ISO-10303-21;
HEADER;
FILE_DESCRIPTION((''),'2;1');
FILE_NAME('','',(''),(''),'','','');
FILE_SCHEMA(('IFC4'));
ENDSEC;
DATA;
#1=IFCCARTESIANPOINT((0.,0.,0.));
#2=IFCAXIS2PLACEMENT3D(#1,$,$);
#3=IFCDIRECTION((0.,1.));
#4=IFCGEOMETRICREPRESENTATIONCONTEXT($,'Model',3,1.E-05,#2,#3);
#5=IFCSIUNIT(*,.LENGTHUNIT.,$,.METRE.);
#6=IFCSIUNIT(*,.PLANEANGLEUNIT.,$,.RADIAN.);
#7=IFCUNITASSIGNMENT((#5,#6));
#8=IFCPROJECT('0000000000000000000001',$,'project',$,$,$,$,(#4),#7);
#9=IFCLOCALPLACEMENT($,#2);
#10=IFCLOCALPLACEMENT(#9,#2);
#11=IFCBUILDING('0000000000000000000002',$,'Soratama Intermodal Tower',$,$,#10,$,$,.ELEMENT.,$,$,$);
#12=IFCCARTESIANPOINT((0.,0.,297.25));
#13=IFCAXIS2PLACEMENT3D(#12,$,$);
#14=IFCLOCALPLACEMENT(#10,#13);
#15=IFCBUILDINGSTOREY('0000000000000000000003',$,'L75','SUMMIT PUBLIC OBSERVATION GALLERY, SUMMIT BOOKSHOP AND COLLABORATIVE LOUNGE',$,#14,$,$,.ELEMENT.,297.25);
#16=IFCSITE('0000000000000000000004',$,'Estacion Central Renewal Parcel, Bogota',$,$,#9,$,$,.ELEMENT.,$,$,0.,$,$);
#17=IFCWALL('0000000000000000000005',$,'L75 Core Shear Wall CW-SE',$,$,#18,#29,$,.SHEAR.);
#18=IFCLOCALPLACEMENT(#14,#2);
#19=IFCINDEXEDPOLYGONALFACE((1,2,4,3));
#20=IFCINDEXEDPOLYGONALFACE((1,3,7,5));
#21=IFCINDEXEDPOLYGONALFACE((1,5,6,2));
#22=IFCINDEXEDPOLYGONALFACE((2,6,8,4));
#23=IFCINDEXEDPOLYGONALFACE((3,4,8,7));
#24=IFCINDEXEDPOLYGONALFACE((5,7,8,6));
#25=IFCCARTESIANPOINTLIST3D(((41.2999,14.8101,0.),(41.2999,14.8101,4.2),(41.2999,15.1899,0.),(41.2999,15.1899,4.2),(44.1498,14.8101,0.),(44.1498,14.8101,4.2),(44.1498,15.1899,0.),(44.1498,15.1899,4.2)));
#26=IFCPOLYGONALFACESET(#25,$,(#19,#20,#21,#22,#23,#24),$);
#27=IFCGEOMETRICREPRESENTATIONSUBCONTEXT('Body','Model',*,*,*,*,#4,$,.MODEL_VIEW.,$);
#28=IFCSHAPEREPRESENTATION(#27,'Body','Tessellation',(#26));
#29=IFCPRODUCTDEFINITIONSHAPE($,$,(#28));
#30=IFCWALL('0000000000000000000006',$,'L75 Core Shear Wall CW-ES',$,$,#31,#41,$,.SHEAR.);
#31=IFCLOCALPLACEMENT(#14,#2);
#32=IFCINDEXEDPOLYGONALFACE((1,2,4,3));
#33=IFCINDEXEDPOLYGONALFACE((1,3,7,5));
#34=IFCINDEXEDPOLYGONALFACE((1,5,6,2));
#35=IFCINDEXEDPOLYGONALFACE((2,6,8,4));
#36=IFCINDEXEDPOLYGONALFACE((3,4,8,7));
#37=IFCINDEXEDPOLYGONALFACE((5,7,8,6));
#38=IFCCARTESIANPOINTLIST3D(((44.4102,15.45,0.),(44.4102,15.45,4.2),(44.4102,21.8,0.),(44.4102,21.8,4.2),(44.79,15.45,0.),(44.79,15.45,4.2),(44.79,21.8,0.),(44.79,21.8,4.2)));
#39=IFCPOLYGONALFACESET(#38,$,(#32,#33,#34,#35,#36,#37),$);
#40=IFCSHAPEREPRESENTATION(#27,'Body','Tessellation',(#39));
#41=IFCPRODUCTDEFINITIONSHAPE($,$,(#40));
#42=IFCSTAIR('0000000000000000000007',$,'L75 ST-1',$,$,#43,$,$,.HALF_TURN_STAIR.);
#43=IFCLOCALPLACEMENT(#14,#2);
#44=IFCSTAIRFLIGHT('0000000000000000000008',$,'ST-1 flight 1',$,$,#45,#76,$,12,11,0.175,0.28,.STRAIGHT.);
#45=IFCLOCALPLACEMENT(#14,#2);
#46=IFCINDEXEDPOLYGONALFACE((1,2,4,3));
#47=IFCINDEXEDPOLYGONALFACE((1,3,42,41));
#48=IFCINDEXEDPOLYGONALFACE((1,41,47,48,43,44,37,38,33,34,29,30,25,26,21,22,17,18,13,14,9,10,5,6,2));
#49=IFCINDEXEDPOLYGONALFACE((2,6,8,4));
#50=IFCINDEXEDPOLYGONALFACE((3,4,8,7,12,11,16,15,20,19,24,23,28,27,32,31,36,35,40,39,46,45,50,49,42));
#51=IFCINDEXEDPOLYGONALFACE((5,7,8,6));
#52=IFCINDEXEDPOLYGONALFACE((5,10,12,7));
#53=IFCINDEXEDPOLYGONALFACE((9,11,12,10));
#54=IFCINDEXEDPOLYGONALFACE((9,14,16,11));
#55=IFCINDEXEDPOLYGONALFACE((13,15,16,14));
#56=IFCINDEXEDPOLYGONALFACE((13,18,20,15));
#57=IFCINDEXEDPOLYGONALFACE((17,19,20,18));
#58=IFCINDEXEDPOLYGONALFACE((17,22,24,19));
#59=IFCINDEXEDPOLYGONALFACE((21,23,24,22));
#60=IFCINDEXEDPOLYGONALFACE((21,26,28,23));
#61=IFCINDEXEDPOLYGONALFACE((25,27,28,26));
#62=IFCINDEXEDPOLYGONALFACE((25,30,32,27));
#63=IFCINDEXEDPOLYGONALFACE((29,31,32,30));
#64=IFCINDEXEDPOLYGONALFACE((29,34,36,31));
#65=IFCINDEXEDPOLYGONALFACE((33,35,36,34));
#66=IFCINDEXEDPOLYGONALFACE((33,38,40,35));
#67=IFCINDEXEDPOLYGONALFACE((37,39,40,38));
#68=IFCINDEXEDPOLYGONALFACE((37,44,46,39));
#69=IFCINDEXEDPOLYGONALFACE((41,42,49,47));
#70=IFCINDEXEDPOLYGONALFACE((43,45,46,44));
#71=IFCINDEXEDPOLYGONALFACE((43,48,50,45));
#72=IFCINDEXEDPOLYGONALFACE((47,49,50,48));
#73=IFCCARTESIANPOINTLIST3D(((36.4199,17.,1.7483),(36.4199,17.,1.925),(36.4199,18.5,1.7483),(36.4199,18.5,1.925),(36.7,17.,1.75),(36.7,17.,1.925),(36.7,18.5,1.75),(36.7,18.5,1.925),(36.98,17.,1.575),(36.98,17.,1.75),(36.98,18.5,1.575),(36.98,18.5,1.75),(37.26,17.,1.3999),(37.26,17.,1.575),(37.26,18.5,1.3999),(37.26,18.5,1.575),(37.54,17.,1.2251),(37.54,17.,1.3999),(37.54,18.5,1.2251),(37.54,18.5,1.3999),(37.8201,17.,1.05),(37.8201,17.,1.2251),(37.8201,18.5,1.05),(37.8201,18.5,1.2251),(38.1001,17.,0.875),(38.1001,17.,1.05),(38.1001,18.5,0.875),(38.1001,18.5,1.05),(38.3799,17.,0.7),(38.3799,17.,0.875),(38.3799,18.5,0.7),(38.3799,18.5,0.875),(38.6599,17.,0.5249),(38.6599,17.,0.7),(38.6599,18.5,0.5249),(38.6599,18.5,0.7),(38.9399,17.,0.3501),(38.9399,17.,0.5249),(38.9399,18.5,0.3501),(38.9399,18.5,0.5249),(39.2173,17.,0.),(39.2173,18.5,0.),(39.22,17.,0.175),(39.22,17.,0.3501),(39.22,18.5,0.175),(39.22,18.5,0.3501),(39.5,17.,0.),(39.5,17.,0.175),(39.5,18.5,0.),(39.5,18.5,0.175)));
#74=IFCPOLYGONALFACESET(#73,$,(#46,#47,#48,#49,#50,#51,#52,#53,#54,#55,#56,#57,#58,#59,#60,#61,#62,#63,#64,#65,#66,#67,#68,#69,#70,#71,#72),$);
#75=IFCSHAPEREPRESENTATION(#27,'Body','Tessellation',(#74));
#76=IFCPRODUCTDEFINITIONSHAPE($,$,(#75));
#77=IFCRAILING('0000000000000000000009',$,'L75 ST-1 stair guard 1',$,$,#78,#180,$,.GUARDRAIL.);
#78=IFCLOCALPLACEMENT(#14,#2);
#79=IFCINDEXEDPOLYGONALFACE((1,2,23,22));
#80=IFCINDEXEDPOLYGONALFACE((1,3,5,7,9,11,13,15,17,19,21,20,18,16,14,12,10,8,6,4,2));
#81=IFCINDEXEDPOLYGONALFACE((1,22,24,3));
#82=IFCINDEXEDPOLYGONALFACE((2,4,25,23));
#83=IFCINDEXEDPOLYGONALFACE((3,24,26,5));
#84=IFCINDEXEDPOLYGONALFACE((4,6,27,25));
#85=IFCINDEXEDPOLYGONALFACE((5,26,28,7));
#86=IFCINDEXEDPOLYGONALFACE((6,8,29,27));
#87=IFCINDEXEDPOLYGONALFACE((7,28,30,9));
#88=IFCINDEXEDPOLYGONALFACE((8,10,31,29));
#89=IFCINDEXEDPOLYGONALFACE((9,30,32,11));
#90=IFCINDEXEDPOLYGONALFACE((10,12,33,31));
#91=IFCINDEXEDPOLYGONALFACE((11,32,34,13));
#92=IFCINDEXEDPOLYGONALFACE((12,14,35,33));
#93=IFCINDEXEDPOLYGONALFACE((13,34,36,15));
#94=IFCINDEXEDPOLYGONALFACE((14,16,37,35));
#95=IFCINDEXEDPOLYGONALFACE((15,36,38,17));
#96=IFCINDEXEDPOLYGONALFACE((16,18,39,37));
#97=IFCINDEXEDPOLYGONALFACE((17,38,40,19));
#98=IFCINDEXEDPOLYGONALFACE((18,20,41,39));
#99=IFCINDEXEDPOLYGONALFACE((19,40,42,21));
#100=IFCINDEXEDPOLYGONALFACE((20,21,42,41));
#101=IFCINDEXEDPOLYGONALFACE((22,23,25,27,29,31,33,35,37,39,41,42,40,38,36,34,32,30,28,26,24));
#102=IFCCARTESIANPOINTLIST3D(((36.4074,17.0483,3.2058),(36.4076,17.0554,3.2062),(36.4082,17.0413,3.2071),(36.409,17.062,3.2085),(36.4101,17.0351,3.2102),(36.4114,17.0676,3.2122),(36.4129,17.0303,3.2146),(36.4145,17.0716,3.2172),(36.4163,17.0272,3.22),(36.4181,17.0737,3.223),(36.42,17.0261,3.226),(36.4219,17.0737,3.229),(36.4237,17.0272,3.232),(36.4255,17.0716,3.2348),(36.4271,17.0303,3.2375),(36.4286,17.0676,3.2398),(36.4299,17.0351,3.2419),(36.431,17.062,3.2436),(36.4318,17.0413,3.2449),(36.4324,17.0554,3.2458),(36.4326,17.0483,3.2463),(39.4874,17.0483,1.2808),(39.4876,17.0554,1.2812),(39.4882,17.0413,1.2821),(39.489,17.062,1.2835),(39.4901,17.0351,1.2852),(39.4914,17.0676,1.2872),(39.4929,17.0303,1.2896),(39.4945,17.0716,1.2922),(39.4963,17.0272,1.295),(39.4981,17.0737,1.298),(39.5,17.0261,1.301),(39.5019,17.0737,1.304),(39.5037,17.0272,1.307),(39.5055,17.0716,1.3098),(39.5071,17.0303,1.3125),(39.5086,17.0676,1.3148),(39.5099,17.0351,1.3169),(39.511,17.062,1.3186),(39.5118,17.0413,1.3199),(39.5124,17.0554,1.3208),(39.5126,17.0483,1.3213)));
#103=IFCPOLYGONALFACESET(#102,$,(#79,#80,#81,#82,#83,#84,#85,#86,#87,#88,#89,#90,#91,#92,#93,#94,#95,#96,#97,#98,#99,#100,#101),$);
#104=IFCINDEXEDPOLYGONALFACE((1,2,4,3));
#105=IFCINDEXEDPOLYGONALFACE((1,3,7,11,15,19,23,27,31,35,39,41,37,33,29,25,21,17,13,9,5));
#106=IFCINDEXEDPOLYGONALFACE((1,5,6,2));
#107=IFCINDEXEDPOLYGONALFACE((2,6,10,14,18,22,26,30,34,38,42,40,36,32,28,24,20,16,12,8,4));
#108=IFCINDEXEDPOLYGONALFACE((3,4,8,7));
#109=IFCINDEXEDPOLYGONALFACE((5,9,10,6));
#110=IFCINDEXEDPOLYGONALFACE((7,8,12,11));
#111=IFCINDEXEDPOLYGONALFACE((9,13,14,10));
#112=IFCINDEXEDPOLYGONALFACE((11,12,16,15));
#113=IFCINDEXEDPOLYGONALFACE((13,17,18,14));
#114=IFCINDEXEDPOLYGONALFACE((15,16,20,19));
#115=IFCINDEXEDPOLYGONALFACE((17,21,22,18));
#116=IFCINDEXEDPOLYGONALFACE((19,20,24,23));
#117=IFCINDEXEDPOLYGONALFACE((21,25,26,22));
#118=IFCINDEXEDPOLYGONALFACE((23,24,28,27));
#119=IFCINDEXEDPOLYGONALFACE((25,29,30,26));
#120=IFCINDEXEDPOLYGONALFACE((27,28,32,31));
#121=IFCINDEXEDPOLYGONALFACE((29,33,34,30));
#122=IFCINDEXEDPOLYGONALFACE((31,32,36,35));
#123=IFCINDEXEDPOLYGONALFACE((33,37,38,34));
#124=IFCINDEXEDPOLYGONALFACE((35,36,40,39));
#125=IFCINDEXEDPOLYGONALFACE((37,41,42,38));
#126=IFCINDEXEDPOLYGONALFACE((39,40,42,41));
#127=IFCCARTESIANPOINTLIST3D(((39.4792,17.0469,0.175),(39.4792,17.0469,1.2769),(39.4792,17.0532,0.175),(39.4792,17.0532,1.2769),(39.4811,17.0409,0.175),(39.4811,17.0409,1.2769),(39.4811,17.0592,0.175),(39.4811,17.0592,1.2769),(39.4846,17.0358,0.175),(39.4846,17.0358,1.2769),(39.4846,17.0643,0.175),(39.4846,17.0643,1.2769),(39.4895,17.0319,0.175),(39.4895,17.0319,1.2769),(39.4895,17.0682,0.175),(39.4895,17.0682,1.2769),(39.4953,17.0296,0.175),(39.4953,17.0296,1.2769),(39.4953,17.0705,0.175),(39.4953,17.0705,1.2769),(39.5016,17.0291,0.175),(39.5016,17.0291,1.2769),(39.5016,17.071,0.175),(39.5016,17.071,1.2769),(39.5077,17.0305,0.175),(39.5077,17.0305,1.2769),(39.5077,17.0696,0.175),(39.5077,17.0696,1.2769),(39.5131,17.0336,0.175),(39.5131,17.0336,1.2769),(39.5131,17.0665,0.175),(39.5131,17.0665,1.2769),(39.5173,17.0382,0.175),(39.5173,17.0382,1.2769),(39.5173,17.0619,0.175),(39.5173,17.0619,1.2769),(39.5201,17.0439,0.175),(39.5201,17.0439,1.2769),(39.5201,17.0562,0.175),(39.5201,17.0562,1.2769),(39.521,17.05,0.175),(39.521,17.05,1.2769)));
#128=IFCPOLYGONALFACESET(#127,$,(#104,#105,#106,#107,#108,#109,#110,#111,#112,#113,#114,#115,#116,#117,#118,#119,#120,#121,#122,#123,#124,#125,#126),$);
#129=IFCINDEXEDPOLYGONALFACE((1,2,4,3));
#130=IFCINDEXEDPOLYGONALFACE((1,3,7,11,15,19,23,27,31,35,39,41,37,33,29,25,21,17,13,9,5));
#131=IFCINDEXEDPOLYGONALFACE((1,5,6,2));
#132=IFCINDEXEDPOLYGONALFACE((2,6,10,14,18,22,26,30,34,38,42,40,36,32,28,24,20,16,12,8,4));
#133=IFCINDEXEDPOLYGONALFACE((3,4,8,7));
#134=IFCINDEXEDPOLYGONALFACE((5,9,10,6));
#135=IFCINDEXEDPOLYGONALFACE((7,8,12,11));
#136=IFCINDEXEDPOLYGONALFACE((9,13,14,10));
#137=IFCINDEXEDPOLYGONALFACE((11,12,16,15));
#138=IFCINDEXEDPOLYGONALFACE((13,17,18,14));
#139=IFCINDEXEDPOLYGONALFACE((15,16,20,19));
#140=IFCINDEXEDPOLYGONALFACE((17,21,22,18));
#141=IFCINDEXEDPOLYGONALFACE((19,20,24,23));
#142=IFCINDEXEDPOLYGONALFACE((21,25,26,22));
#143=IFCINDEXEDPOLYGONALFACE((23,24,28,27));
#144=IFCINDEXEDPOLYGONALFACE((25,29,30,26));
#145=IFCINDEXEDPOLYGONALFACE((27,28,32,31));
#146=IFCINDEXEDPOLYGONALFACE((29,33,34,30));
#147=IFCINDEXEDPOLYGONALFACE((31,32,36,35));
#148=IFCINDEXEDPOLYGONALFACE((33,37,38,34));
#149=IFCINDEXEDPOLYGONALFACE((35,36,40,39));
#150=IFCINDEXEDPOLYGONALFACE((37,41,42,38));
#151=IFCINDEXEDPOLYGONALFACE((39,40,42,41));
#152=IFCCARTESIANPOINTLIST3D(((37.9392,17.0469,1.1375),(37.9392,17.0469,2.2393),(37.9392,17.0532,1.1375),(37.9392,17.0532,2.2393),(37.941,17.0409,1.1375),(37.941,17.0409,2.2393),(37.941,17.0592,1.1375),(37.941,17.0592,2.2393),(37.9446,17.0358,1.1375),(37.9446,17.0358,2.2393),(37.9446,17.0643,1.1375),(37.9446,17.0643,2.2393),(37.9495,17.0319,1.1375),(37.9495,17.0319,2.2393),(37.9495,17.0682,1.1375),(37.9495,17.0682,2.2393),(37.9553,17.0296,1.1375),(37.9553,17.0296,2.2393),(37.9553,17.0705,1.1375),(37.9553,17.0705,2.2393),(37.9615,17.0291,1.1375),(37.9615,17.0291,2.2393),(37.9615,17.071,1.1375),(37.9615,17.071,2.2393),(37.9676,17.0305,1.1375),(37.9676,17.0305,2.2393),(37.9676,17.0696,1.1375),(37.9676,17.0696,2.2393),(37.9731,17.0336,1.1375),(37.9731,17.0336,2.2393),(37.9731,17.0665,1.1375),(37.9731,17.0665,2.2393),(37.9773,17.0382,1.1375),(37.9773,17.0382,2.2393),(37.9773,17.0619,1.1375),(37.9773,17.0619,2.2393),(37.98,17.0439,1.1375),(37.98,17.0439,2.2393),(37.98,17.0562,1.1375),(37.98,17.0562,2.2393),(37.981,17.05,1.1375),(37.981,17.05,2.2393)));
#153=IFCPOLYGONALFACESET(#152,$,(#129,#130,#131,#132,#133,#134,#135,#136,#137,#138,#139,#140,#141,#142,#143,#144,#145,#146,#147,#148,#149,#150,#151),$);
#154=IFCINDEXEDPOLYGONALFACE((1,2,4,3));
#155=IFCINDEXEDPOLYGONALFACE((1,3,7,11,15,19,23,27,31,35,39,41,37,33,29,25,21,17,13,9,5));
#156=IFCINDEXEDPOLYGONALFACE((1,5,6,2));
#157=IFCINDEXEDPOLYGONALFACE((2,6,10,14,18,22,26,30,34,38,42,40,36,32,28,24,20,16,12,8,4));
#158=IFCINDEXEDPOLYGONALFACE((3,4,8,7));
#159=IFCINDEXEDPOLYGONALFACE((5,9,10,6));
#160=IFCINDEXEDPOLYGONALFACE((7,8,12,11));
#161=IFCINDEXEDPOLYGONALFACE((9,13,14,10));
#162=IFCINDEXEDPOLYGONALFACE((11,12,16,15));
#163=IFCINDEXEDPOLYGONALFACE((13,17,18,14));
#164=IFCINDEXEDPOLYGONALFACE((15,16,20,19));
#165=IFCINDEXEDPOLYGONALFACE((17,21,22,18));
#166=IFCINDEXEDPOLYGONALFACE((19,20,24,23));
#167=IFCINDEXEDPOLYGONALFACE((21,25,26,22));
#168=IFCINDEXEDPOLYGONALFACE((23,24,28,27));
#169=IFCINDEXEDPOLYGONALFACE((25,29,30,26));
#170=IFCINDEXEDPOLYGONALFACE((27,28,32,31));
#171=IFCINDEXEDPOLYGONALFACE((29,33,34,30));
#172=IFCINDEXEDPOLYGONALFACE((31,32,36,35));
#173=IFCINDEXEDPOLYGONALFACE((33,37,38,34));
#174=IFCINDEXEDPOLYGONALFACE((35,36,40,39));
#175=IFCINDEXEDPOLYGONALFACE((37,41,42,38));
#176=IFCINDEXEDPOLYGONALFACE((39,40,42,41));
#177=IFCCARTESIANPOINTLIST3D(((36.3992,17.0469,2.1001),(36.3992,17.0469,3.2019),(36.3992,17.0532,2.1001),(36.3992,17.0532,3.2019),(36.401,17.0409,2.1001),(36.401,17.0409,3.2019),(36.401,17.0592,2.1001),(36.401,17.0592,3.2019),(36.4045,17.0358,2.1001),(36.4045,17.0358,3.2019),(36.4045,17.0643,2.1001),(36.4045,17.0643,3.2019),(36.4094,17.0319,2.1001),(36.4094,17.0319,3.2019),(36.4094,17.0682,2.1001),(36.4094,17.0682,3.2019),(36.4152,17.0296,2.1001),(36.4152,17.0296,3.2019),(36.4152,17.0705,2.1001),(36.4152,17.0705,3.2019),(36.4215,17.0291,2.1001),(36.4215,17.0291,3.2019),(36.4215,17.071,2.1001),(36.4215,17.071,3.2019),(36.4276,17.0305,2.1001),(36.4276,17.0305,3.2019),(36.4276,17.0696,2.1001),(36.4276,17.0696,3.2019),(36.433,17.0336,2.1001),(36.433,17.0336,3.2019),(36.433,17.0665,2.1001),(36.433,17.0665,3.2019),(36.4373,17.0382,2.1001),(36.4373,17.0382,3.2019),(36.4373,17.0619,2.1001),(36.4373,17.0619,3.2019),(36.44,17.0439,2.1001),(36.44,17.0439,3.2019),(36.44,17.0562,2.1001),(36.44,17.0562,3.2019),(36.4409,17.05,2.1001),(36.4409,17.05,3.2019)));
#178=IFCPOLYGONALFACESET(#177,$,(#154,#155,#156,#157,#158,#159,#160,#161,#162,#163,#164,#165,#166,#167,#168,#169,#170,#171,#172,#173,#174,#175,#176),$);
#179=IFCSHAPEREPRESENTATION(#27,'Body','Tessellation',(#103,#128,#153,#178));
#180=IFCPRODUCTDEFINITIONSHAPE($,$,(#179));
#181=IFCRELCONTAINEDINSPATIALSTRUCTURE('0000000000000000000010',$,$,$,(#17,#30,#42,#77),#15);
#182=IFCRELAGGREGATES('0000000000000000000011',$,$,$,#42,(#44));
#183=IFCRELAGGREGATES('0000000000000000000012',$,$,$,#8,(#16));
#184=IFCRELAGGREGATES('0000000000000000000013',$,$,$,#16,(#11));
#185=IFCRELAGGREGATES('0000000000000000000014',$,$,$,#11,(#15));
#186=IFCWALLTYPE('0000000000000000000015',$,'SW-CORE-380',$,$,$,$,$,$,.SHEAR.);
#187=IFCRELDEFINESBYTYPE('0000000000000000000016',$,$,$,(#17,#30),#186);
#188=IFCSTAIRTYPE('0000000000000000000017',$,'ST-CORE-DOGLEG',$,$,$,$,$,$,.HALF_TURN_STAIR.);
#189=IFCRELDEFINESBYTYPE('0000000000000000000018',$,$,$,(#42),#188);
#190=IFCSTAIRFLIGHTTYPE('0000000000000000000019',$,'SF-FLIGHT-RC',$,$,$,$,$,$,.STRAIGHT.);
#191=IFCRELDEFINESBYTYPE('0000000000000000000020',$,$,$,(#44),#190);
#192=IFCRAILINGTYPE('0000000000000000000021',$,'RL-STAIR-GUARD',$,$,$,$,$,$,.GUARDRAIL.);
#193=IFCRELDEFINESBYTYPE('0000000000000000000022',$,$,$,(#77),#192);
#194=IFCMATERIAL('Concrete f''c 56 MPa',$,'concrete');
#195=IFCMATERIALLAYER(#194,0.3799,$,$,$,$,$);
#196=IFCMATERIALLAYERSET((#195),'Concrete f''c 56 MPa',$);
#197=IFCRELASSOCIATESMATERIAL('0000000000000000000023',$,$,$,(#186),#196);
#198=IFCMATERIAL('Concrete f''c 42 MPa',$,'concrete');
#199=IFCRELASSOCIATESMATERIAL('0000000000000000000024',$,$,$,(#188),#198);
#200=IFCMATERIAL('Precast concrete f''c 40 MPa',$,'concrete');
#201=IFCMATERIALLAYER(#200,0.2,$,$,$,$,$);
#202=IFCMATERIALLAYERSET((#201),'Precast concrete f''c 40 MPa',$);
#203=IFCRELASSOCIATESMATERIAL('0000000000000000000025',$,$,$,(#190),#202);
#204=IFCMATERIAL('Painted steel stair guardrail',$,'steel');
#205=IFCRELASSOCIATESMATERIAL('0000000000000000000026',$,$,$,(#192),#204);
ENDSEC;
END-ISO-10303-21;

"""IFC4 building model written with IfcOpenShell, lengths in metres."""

from ifc_helpers import new_model, si_unit, direction, frame, frame_2d, origin, origin_2d, place, context, subcontext, project, spatial, polyline, rectangle, circle, outline, extrude, material, layer, layer_set, type_object, element, aggregate, save


model = new_model("IFC4")

# Units and contexts
model_context = context("Model", 3, precision=1e-05, world=origin(), true_north=direction((0.0, 1.0)))
body_context = subcontext(model_context, "Body", "Model", "MODEL_VIEW")
ifc_project = project(units=[si_unit("LENGTHUNIT", "METRE"), si_unit("PLANEANGLEUNIT", "RADIAN")], contexts=[model_context])

# Site, building, storey
site_placement = place(None, origin())
site = spatial("IfcSite", under=ifc_project, at=site_placement, Name="Estacion Central Renewal Parcel, Bogota", CompositionType="ELEMENT", RefElevation=0.0)
building_placement = place(site_placement, origin())
building = spatial("IfcBuilding", under=site, at=building_placement, Name="Soratama Intermodal Tower", CompositionType="ELEMENT")
storey_placement = place(building_placement, frame((0.0, 0.0, 297.25)))
storey = spatial("IfcBuildingStorey", under=building, at=storey_placement, Name="L75", Description="SUMMIT PUBLIC OBSERVATION GALLERY, SUMMIT BOOKSHOP AND COLLABORATIVE LOUNGE", CompositionType="ELEMENT", Elevation=297.25)

# Walls
ifc_material_1 = material(Name="Concrete f'c 56 MPa", Category="concrete")
ifc_layer_1 = layer(ifc_material_1, 0.3799)
ifc_layer_set_1 = layer_set([ifc_layer_1], Name="Concrete f'c 56 MPa")
wall_type_1 = type_object("IfcWallType", Name="SW-CORE-380", PredefinedType="SHEAR", material=ifc_layer_set_1)
wall_1_placement = place(storey_placement, frame((41.3, 15.0, 0.0), z_axis=(0.0, 0.0, 1.0), x_axis=(1.0, 0.0, 0.0)))
element("IfcWall", 1, at=wall_1_placement, inside=storey, type_object=wall_type_1, Name="L75 Core Shear Wall CW-SE", PredefinedType="SHEAR", context=body_context, shape_type="SweptSolid", body=[
    extrude(rectangle(XDim=2.8499, YDim=0.3799, at=frame_2d((1.4248, 0.0))), origin(), (0.0, 0.0, 1.0), 4.2),
])
wall_2_placement = place(storey_placement, frame((44.6001, 15.45, 0.0), z_axis=(0.0, 0.0, 1.0), x_axis=(0.0, 1.0, 0.0)))
element("IfcWall", 2, at=wall_2_placement, inside=storey, type_object=wall_type_1, Name="L75 Core Shear Wall CW-ES", PredefinedType="SHEAR", context=body_context, shape_type="SweptSolid", body=[
    extrude(rectangle(XDim=6.3501, YDim=0.3799, at=frame_2d((3.175, 0.0))), origin(), (0.0, 0.0, 1.0), 4.2),
])

# Stair, stair flight
ifc_material_2 = material(Name="Concrete f'c 42 MPa", Category="concrete")
stair_type = type_object("IfcStairType", Name="ST-CORE-DOGLEG", PredefinedType="HALF_TURN_STAIR", material=ifc_material_2)
stair_placement = place(storey_placement, origin())
stair = element("IfcStair", 3, at=stair_placement, inside=storey, type_object=stair_type, Name="L75 ST-1", PredefinedType="HALF_TURN_STAIR")
ifc_material_3 = material(Name="Precast concrete f'c 40 MPa", Category="concrete")
ifc_layer_2 = layer(ifc_material_3, 0.2)
ifc_layer_set_2 = layer_set([ifc_layer_2], Name="Precast concrete f'c 40 MPa")
stair_flight_type = type_object("IfcStairFlightType", Name="SF-FLIGHT-RC", PredefinedType="STRAIGHT", material=ifc_layer_set_2)
stair_flight_placement = place(storey_placement, frame((39.5, 17.75, 0.0), z_axis=(0.0, 0.0, 1.0), x_axis=(-1.0, 0.0, 0.0)))
stair_flight = element("IfcStairFlight", 4, at=stair_flight_placement, type_object=stair_flight_type, Name="ST-1 flight 1", NumberOfRisers=12, NumberOfTreads=11, PredefinedType="STRAIGHT", RiserHeight=0.175, TreadLength=0.28, context=body_context, shape_type="SweptSolid", body=[
    extrude(outline(polyline([(0.0, 0.0), (0.0, 0.175), (0.28, 0.175), (0.28, 0.3501), (0.5601, 0.3501), (0.5601, 0.5249), (0.8401, 0.5249), (0.8401, 0.7), (1.1201, 0.7), (1.1201, 0.875), (1.3999, 0.875), (1.3999, 1.05), (1.6799, 1.05), (1.6799, 1.2251), (1.96, 1.2251), (1.96, 1.3999), (2.24, 1.3999), (2.24, 1.575), (2.52, 1.575), (2.52, 1.75), (2.8, 1.75), (2.8, 1.925), (3.0801, 1.925), (3.0801, 2.1001), (3.0801, 1.7483), (0.2827, 0.0), (0.0, 0.0)])), frame((0.0, 0.75, 0.0), z_axis=(0.0, -1.0, 0.0), x_axis=(1.0, 0.0, 0.0)), (0.0, 0.0, 1.0), 1.5),
])
aggregate(stair, [stair_flight])

# Railing
ifc_material_4 = material(Name="Painted steel stair guardrail", Category="steel")
railing_type_1 = type_object("IfcRailingType", Name="RL-STAIR-GUARD", PredefinedType="GUARDRAIL", material=ifc_material_4)
railing_1_placement = place(storey_placement, frame((39.5, 17.05, 0.175)))
element("IfcRailing", 5, at=railing_1_placement, inside=storey, type_object=railing_type_1, Name="L75 ST-1 stair guard 1", PredefinedType="GUARDRAIL", context=body_context, shape_type="SweptSolid", body=[
    extrude(circle(Radius=0.0239, at=origin_2d()), frame((0.0, 0.0, 1.126), z_axis=(-0.847998, 0.0, 0.529999), x_axis=(0.0, -1.0, 0.0)), (0.0, 0.0, 1.0), 3.6321),
    extrude(circle(Radius=0.021, at=origin_2d()), origin(), (0.0, 0.0, 1.0), 1.1018),
    extrude(circle(Radius=0.021, at=origin_2d()), frame((-1.54, 0.0, 0.9624)), (0.0, 0.0, 1.0), 1.1018),
    extrude(circle(Radius=0.021, at=origin_2d()), frame((-3.0801, 0.0, 1.925)), (0.0, 0.0, 1.0), 1.1018),
])

save(model, "model.ifc")
